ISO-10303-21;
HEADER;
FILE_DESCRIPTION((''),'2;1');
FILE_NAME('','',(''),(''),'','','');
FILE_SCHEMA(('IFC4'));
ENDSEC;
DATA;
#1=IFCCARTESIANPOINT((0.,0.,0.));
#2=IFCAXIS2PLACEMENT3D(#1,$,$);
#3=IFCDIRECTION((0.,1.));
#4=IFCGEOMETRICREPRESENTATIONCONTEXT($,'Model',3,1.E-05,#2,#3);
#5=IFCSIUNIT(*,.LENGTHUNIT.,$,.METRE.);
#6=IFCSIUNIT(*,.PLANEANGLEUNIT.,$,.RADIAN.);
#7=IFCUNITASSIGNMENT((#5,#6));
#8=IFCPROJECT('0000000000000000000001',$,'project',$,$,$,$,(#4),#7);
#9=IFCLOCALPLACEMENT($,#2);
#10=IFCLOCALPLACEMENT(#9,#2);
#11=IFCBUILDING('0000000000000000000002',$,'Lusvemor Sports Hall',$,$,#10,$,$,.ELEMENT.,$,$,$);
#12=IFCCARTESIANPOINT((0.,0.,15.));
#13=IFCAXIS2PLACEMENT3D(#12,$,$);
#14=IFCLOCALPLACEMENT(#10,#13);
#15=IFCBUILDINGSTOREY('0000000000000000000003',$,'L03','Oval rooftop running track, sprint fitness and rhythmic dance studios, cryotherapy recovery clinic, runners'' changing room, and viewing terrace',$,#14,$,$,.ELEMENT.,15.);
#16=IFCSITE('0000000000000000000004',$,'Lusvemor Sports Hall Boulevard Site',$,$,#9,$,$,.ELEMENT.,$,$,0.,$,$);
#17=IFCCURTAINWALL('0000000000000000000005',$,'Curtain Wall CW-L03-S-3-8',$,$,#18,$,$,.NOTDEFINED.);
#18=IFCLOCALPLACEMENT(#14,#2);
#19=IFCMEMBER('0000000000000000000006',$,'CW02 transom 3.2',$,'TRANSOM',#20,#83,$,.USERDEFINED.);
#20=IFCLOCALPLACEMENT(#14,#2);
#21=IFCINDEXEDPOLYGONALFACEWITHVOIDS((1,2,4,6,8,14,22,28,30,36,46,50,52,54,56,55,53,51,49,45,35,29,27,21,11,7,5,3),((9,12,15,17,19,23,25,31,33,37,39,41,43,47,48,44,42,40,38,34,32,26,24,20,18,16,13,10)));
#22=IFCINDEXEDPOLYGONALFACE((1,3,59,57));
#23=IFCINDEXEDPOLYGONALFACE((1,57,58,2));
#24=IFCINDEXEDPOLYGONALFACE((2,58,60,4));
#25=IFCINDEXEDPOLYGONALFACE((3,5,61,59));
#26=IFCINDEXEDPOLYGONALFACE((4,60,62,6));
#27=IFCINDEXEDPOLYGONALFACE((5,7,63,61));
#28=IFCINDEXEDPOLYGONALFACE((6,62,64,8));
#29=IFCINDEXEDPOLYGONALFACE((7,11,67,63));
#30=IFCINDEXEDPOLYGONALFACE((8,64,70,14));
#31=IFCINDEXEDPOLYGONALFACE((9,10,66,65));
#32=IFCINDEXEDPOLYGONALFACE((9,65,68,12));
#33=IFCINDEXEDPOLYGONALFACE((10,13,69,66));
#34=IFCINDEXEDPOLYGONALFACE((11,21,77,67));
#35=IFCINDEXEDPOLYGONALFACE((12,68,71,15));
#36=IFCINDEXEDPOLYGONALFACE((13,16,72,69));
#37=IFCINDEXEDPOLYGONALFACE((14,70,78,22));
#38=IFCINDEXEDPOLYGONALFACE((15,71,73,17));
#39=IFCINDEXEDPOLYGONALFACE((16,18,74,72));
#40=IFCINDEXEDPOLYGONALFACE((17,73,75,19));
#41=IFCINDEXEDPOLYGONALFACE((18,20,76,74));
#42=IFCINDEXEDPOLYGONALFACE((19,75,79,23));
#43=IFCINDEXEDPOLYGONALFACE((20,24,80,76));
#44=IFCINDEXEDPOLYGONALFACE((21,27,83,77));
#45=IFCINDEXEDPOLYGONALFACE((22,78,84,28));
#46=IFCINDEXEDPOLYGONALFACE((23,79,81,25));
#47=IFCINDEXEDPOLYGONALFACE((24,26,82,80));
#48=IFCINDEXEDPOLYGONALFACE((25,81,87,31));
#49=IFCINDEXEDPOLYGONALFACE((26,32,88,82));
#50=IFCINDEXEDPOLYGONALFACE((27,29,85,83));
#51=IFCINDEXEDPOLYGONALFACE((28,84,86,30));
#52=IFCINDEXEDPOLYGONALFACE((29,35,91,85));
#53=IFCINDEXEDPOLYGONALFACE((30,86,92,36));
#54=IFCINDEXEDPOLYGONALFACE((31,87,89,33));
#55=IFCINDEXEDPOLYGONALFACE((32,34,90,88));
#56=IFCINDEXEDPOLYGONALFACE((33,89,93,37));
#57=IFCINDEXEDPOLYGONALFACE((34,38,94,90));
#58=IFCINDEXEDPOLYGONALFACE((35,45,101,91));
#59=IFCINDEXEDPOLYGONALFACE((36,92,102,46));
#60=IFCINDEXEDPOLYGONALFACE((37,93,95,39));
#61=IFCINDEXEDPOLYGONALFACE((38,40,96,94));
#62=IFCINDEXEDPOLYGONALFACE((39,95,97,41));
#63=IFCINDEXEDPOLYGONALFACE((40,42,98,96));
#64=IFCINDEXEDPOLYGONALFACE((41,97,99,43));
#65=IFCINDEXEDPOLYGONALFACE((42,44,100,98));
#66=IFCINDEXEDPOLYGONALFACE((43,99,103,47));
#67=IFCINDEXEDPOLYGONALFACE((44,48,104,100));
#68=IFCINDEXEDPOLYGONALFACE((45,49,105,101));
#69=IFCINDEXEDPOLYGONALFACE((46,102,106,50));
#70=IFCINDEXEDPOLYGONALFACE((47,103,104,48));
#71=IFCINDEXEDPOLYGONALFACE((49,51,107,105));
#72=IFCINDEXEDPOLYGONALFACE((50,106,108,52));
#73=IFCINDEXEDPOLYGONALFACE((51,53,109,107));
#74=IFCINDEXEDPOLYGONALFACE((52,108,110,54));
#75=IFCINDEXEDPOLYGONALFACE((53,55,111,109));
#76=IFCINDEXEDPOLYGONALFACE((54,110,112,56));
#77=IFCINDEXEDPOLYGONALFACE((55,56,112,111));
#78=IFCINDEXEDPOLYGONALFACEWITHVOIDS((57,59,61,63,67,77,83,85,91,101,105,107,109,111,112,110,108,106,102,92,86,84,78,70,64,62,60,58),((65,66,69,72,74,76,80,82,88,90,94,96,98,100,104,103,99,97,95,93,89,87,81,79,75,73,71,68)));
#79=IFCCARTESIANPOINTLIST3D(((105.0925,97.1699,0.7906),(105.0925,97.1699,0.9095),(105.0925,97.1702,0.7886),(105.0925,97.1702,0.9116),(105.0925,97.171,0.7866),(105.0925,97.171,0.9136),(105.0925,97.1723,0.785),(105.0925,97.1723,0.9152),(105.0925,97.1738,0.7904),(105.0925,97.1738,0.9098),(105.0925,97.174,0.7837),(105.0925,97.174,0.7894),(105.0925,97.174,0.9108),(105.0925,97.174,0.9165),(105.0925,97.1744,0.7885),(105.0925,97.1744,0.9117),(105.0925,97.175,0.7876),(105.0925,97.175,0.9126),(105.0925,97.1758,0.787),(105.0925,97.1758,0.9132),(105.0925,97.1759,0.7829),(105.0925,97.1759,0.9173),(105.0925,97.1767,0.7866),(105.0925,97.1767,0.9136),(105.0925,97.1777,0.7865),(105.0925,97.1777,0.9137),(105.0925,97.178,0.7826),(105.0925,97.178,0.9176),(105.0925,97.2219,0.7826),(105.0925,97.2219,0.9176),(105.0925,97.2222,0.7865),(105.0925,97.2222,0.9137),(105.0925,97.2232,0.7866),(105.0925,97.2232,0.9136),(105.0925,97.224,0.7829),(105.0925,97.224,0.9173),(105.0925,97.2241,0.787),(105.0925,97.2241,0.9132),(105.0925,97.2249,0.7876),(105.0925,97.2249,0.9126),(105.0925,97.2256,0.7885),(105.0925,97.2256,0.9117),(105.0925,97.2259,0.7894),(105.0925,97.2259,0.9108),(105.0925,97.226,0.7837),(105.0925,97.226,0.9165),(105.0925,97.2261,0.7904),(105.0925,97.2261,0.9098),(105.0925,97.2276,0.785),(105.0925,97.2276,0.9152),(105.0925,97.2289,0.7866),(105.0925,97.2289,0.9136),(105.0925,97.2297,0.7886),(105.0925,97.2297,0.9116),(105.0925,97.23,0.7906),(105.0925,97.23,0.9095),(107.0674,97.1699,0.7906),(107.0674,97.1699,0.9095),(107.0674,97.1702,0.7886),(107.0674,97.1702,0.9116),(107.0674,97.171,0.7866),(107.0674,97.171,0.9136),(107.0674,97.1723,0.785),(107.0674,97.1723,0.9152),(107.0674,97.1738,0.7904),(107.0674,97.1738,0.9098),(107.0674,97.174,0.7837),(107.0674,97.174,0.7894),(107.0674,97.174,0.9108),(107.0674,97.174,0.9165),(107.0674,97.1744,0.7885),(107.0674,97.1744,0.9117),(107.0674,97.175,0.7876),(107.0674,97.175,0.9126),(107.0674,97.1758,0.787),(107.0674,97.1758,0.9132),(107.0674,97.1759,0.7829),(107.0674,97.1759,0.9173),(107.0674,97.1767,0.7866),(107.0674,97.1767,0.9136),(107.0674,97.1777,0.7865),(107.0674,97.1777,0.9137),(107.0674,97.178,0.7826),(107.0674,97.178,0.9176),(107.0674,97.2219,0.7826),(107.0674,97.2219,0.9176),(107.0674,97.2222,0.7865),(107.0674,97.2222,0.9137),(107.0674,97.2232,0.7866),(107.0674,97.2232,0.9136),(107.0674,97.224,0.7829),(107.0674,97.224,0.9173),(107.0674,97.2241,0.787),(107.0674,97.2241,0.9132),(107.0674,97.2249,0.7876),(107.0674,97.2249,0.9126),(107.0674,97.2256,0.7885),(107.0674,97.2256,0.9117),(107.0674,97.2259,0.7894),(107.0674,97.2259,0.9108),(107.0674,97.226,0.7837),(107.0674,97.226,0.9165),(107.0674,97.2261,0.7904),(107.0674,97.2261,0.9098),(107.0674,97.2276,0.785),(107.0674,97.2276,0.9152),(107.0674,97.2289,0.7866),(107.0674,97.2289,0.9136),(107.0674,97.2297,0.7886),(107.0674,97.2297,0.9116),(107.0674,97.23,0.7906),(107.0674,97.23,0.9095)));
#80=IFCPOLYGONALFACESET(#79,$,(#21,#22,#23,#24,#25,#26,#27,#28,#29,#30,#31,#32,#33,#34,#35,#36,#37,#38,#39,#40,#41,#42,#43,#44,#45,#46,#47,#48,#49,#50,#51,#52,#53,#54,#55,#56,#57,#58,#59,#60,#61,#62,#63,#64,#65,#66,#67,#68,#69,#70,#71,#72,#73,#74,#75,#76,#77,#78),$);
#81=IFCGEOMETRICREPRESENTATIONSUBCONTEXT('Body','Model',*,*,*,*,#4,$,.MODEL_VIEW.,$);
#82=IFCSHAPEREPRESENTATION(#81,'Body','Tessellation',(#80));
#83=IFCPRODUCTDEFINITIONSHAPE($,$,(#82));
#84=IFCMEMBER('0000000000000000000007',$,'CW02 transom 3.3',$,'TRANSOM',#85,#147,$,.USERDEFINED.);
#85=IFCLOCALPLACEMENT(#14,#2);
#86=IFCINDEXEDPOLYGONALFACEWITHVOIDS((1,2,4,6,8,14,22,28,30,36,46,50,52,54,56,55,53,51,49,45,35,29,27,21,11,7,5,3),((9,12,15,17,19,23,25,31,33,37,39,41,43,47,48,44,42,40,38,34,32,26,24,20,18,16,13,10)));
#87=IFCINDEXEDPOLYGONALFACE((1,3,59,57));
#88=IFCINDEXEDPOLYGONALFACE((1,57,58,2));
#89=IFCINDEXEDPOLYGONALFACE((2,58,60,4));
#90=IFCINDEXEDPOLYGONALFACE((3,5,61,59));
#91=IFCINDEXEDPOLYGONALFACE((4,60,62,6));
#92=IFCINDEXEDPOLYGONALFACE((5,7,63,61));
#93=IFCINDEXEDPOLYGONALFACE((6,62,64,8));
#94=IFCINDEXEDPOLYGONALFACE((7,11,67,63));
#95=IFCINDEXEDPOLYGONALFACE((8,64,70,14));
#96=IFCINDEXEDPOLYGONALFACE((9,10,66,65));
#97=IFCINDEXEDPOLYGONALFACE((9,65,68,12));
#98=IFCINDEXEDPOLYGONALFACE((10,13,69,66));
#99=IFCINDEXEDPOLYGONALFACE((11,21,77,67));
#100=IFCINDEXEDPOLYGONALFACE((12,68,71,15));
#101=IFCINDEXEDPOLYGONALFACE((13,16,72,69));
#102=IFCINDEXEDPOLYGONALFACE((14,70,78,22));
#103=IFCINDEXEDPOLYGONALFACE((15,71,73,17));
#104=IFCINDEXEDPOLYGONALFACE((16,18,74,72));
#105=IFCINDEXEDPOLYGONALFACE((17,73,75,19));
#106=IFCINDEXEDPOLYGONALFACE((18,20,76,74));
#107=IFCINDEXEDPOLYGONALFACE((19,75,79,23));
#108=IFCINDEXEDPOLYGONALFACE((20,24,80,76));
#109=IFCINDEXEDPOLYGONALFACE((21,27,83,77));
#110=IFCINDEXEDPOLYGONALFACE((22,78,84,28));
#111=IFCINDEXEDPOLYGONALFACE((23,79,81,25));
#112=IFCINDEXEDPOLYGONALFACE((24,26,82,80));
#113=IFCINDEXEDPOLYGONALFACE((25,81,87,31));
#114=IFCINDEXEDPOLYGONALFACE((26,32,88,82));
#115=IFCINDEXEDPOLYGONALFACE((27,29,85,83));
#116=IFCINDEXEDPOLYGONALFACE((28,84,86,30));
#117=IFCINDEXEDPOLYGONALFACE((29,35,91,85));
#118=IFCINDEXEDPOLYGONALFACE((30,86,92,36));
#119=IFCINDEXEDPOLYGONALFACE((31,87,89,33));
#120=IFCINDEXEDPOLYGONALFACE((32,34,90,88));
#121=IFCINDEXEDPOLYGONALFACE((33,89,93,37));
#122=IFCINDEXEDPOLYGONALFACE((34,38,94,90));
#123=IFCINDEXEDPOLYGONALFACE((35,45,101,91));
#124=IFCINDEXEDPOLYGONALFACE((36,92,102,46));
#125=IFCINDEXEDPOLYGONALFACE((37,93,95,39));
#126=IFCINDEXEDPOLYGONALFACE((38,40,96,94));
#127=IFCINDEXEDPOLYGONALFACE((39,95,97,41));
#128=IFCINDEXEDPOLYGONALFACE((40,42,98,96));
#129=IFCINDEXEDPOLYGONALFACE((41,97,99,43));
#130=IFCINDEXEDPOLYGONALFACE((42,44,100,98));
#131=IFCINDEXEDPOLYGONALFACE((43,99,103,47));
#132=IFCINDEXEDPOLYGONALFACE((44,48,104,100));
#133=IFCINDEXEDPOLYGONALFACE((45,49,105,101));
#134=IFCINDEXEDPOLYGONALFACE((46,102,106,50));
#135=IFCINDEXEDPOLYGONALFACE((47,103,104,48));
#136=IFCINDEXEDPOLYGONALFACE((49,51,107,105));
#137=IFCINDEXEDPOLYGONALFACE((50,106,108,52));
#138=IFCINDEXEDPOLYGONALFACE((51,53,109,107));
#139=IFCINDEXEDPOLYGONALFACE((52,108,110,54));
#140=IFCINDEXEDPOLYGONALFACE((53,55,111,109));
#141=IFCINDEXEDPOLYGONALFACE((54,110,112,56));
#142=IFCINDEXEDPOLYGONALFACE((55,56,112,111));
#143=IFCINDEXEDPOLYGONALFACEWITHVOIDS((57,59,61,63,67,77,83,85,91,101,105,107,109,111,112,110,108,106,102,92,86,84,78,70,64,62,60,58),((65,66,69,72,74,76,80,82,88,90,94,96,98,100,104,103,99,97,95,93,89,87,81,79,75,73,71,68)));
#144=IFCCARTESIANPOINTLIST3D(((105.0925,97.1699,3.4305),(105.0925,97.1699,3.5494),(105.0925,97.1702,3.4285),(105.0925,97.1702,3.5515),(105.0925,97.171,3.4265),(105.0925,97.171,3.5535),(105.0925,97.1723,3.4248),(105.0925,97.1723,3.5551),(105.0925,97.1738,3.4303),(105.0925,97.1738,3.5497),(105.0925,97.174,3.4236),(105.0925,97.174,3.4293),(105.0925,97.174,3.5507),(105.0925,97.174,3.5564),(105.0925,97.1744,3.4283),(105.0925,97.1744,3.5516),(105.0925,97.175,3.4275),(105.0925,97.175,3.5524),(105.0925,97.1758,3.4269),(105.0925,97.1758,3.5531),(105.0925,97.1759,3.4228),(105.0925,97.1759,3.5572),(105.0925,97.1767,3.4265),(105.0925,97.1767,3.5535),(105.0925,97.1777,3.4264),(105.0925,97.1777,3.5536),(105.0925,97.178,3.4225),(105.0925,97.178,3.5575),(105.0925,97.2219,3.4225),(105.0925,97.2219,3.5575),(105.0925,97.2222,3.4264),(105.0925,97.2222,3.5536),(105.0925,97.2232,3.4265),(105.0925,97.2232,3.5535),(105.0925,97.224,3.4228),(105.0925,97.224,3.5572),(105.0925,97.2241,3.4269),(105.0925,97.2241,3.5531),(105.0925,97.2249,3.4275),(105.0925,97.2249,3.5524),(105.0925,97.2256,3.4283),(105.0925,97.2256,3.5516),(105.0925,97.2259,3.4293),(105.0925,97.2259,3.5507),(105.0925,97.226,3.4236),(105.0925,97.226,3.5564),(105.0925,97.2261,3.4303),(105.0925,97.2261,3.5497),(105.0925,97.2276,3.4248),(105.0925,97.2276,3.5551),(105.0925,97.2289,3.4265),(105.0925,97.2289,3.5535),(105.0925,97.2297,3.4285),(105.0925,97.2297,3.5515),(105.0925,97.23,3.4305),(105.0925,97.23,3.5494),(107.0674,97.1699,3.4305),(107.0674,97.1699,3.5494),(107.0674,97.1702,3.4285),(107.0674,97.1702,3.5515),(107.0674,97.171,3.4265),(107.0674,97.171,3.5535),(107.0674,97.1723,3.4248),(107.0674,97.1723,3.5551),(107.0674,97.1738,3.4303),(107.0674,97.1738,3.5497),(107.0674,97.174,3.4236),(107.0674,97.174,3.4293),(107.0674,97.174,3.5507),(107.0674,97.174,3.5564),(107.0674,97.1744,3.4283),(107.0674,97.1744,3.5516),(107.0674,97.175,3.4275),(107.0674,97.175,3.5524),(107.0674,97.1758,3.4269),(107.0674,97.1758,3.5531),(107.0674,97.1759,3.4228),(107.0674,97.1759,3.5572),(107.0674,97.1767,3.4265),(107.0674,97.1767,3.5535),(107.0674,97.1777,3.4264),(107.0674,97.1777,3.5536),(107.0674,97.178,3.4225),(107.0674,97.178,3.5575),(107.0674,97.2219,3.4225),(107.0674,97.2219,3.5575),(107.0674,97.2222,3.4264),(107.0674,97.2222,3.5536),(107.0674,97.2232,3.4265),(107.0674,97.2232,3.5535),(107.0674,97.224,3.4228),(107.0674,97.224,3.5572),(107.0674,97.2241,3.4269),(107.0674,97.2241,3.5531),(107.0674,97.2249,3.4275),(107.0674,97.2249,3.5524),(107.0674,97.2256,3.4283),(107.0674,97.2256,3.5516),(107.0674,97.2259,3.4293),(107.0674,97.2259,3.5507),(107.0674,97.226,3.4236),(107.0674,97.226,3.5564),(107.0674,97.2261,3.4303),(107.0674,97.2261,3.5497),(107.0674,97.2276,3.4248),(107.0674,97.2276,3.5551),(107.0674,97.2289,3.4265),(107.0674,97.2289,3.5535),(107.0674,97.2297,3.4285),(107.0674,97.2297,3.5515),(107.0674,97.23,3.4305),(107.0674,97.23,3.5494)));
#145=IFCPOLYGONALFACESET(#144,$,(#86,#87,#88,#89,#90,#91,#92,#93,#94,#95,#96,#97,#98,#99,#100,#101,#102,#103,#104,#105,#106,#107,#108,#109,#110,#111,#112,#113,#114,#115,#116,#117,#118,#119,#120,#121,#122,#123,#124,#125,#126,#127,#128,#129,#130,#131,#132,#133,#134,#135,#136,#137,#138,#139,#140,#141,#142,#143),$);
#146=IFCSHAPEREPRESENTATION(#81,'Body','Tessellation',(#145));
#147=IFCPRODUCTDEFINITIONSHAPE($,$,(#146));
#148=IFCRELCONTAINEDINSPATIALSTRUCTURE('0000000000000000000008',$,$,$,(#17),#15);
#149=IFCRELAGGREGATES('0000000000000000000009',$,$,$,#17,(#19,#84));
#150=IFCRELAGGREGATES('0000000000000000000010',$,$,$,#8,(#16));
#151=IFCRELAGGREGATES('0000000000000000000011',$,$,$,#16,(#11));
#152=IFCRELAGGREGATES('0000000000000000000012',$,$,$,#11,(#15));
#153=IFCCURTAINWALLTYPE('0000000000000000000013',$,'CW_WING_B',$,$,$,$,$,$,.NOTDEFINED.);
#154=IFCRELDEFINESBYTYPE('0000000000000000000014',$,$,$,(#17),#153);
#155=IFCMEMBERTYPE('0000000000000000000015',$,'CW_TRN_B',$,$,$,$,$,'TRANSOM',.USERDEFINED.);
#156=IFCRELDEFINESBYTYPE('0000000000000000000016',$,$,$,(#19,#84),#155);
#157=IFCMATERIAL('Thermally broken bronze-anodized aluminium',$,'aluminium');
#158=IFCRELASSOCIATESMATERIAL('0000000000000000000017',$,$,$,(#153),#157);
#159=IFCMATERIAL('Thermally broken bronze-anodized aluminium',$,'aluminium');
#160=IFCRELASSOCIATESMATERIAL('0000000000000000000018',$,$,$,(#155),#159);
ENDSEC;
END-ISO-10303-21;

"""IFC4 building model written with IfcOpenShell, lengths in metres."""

from ifc_helpers import new_model, si_unit, direction, frame, origin, origin_2d, place, context, subcontext, project, spatial, hollow_rectangle, extrude, material, material_profile, profile_set, type_object, element, aggregate, save


model = new_model("IFC4")

# Units and contexts
model_context = context("Model", 3, precision=1e-05, world=origin(), true_north=direction((0.0, 1.0)))
body_context = subcontext(model_context, "Body", "Model", "MODEL_VIEW")
ifc_project = project(units=[si_unit("LENGTHUNIT", "METRE"), si_unit("PLANEANGLEUNIT", "RADIAN")], contexts=[model_context])

# Site, building, storey
site_placement = place(None, origin())
site = spatial("IfcSite", under=ifc_project, at=site_placement, Name="Lusvemor Sports Hall Boulevard Site", CompositionType="ELEMENT", RefElevation=0.0)
building_placement = place(site_placement, origin())
building = spatial("IfcBuilding", under=site, at=building_placement, Name="Lusvemor Sports Hall", CompositionType="ELEMENT")
storey_placement = place(building_placement, frame((0.0, 0.0, 15.0)))
storey = spatial("IfcBuildingStorey", under=building, at=storey_placement, Name="L03", Description="Oval rooftop running track, sprint fitness and rhythmic dance studios, cryotherapy recovery clinic, runners' changing room, and viewing terrace", CompositionType="ELEMENT", Elevation=15.0)

# Curtain wall, members
ifc_material_1 = material(Name="Thermally broken bronze-anodized aluminium", Category="aluminium")
curtain_wall_type = type_object("IfcCurtainWallType", Name="CW_WING_B", PredefinedType="NOTDEFINED", material=ifc_material_1)
curtain_wall_placement = place(storey_placement, origin())
curtain_wall = element("IfcCurtainWall", 1, at=curtain_wall_placement, inside=storey, type_object=curtain_wall_type, Name="Curtain Wall CW-L03-S-3-8", PredefinedType="NOTDEFINED")
ifc_material_2 = material(Name="Thermally broken bronze-anodized aluminium", Category="aluminium")
ifc_material_profile_1 = material_profile(ifc_material_2, hollow_rectangle(XDim=0.0601, YDim=0.135, WallThickness=0.0039, InnerFilletRadius=0.0039, OuterFilletRadius=0.0081, at=origin_2d()), Name="CWTRN135x60x4")
ifc_profile_set_1 = profile_set([ifc_material_profile_1], Name="Thermally broken bronze-anodized aluminium")
member_type_1 = type_object("IfcMemberType", Name="CW_TRN_B", ElementType="TRANSOM", PredefinedType="USERDEFINED", material=ifc_profile_set_1)
member_1_placement = place(storey_placement, frame((107.0674, 97.2, 0.8501), z_axis=(-1.0, 0.0, 0.0), x_axis=(0.0, -1.0, 0.0)))
member_1 = element("IfcMember", 2, at=member_1_placement, type_object=member_type_1, Name="CW02 transom 3.2", ObjectType="TRANSOM", PredefinedType="USERDEFINED", context=body_context, shape_type="SweptSolid", body=[
    extrude(hollow_rectangle(XDim=0.0601, YDim=0.135, WallThickness=0.0039, InnerFilletRadius=0.0039, OuterFilletRadius=0.0081, at=origin_2d()), origin(), (0.0, 0.0, 1.0), 1.9749),
])
member_2_placement = place(storey_placement, frame((107.0674, 97.2, 3.49), z_axis=(-1.0, 0.0, 0.0), x_axis=(0.0, -1.0, 0.0)))
member_2 = element("IfcMember", 3, at=member_2_placement, type_object=member_type_1, Name="CW02 transom 3.3", ObjectType="TRANSOM", PredefinedType="USERDEFINED", context=body_context, shape_type="SweptSolid", body=[
    extrude(hollow_rectangle(XDim=0.0601, YDim=0.135, WallThickness=0.0039, InnerFilletRadius=0.0039, OuterFilletRadius=0.0081, at=origin_2d()), origin(), (0.0, 0.0, 1.0), 1.9749),
])

aggregate(curtain_wall, [member_1, member_2])

save(model, "model.ifc")
